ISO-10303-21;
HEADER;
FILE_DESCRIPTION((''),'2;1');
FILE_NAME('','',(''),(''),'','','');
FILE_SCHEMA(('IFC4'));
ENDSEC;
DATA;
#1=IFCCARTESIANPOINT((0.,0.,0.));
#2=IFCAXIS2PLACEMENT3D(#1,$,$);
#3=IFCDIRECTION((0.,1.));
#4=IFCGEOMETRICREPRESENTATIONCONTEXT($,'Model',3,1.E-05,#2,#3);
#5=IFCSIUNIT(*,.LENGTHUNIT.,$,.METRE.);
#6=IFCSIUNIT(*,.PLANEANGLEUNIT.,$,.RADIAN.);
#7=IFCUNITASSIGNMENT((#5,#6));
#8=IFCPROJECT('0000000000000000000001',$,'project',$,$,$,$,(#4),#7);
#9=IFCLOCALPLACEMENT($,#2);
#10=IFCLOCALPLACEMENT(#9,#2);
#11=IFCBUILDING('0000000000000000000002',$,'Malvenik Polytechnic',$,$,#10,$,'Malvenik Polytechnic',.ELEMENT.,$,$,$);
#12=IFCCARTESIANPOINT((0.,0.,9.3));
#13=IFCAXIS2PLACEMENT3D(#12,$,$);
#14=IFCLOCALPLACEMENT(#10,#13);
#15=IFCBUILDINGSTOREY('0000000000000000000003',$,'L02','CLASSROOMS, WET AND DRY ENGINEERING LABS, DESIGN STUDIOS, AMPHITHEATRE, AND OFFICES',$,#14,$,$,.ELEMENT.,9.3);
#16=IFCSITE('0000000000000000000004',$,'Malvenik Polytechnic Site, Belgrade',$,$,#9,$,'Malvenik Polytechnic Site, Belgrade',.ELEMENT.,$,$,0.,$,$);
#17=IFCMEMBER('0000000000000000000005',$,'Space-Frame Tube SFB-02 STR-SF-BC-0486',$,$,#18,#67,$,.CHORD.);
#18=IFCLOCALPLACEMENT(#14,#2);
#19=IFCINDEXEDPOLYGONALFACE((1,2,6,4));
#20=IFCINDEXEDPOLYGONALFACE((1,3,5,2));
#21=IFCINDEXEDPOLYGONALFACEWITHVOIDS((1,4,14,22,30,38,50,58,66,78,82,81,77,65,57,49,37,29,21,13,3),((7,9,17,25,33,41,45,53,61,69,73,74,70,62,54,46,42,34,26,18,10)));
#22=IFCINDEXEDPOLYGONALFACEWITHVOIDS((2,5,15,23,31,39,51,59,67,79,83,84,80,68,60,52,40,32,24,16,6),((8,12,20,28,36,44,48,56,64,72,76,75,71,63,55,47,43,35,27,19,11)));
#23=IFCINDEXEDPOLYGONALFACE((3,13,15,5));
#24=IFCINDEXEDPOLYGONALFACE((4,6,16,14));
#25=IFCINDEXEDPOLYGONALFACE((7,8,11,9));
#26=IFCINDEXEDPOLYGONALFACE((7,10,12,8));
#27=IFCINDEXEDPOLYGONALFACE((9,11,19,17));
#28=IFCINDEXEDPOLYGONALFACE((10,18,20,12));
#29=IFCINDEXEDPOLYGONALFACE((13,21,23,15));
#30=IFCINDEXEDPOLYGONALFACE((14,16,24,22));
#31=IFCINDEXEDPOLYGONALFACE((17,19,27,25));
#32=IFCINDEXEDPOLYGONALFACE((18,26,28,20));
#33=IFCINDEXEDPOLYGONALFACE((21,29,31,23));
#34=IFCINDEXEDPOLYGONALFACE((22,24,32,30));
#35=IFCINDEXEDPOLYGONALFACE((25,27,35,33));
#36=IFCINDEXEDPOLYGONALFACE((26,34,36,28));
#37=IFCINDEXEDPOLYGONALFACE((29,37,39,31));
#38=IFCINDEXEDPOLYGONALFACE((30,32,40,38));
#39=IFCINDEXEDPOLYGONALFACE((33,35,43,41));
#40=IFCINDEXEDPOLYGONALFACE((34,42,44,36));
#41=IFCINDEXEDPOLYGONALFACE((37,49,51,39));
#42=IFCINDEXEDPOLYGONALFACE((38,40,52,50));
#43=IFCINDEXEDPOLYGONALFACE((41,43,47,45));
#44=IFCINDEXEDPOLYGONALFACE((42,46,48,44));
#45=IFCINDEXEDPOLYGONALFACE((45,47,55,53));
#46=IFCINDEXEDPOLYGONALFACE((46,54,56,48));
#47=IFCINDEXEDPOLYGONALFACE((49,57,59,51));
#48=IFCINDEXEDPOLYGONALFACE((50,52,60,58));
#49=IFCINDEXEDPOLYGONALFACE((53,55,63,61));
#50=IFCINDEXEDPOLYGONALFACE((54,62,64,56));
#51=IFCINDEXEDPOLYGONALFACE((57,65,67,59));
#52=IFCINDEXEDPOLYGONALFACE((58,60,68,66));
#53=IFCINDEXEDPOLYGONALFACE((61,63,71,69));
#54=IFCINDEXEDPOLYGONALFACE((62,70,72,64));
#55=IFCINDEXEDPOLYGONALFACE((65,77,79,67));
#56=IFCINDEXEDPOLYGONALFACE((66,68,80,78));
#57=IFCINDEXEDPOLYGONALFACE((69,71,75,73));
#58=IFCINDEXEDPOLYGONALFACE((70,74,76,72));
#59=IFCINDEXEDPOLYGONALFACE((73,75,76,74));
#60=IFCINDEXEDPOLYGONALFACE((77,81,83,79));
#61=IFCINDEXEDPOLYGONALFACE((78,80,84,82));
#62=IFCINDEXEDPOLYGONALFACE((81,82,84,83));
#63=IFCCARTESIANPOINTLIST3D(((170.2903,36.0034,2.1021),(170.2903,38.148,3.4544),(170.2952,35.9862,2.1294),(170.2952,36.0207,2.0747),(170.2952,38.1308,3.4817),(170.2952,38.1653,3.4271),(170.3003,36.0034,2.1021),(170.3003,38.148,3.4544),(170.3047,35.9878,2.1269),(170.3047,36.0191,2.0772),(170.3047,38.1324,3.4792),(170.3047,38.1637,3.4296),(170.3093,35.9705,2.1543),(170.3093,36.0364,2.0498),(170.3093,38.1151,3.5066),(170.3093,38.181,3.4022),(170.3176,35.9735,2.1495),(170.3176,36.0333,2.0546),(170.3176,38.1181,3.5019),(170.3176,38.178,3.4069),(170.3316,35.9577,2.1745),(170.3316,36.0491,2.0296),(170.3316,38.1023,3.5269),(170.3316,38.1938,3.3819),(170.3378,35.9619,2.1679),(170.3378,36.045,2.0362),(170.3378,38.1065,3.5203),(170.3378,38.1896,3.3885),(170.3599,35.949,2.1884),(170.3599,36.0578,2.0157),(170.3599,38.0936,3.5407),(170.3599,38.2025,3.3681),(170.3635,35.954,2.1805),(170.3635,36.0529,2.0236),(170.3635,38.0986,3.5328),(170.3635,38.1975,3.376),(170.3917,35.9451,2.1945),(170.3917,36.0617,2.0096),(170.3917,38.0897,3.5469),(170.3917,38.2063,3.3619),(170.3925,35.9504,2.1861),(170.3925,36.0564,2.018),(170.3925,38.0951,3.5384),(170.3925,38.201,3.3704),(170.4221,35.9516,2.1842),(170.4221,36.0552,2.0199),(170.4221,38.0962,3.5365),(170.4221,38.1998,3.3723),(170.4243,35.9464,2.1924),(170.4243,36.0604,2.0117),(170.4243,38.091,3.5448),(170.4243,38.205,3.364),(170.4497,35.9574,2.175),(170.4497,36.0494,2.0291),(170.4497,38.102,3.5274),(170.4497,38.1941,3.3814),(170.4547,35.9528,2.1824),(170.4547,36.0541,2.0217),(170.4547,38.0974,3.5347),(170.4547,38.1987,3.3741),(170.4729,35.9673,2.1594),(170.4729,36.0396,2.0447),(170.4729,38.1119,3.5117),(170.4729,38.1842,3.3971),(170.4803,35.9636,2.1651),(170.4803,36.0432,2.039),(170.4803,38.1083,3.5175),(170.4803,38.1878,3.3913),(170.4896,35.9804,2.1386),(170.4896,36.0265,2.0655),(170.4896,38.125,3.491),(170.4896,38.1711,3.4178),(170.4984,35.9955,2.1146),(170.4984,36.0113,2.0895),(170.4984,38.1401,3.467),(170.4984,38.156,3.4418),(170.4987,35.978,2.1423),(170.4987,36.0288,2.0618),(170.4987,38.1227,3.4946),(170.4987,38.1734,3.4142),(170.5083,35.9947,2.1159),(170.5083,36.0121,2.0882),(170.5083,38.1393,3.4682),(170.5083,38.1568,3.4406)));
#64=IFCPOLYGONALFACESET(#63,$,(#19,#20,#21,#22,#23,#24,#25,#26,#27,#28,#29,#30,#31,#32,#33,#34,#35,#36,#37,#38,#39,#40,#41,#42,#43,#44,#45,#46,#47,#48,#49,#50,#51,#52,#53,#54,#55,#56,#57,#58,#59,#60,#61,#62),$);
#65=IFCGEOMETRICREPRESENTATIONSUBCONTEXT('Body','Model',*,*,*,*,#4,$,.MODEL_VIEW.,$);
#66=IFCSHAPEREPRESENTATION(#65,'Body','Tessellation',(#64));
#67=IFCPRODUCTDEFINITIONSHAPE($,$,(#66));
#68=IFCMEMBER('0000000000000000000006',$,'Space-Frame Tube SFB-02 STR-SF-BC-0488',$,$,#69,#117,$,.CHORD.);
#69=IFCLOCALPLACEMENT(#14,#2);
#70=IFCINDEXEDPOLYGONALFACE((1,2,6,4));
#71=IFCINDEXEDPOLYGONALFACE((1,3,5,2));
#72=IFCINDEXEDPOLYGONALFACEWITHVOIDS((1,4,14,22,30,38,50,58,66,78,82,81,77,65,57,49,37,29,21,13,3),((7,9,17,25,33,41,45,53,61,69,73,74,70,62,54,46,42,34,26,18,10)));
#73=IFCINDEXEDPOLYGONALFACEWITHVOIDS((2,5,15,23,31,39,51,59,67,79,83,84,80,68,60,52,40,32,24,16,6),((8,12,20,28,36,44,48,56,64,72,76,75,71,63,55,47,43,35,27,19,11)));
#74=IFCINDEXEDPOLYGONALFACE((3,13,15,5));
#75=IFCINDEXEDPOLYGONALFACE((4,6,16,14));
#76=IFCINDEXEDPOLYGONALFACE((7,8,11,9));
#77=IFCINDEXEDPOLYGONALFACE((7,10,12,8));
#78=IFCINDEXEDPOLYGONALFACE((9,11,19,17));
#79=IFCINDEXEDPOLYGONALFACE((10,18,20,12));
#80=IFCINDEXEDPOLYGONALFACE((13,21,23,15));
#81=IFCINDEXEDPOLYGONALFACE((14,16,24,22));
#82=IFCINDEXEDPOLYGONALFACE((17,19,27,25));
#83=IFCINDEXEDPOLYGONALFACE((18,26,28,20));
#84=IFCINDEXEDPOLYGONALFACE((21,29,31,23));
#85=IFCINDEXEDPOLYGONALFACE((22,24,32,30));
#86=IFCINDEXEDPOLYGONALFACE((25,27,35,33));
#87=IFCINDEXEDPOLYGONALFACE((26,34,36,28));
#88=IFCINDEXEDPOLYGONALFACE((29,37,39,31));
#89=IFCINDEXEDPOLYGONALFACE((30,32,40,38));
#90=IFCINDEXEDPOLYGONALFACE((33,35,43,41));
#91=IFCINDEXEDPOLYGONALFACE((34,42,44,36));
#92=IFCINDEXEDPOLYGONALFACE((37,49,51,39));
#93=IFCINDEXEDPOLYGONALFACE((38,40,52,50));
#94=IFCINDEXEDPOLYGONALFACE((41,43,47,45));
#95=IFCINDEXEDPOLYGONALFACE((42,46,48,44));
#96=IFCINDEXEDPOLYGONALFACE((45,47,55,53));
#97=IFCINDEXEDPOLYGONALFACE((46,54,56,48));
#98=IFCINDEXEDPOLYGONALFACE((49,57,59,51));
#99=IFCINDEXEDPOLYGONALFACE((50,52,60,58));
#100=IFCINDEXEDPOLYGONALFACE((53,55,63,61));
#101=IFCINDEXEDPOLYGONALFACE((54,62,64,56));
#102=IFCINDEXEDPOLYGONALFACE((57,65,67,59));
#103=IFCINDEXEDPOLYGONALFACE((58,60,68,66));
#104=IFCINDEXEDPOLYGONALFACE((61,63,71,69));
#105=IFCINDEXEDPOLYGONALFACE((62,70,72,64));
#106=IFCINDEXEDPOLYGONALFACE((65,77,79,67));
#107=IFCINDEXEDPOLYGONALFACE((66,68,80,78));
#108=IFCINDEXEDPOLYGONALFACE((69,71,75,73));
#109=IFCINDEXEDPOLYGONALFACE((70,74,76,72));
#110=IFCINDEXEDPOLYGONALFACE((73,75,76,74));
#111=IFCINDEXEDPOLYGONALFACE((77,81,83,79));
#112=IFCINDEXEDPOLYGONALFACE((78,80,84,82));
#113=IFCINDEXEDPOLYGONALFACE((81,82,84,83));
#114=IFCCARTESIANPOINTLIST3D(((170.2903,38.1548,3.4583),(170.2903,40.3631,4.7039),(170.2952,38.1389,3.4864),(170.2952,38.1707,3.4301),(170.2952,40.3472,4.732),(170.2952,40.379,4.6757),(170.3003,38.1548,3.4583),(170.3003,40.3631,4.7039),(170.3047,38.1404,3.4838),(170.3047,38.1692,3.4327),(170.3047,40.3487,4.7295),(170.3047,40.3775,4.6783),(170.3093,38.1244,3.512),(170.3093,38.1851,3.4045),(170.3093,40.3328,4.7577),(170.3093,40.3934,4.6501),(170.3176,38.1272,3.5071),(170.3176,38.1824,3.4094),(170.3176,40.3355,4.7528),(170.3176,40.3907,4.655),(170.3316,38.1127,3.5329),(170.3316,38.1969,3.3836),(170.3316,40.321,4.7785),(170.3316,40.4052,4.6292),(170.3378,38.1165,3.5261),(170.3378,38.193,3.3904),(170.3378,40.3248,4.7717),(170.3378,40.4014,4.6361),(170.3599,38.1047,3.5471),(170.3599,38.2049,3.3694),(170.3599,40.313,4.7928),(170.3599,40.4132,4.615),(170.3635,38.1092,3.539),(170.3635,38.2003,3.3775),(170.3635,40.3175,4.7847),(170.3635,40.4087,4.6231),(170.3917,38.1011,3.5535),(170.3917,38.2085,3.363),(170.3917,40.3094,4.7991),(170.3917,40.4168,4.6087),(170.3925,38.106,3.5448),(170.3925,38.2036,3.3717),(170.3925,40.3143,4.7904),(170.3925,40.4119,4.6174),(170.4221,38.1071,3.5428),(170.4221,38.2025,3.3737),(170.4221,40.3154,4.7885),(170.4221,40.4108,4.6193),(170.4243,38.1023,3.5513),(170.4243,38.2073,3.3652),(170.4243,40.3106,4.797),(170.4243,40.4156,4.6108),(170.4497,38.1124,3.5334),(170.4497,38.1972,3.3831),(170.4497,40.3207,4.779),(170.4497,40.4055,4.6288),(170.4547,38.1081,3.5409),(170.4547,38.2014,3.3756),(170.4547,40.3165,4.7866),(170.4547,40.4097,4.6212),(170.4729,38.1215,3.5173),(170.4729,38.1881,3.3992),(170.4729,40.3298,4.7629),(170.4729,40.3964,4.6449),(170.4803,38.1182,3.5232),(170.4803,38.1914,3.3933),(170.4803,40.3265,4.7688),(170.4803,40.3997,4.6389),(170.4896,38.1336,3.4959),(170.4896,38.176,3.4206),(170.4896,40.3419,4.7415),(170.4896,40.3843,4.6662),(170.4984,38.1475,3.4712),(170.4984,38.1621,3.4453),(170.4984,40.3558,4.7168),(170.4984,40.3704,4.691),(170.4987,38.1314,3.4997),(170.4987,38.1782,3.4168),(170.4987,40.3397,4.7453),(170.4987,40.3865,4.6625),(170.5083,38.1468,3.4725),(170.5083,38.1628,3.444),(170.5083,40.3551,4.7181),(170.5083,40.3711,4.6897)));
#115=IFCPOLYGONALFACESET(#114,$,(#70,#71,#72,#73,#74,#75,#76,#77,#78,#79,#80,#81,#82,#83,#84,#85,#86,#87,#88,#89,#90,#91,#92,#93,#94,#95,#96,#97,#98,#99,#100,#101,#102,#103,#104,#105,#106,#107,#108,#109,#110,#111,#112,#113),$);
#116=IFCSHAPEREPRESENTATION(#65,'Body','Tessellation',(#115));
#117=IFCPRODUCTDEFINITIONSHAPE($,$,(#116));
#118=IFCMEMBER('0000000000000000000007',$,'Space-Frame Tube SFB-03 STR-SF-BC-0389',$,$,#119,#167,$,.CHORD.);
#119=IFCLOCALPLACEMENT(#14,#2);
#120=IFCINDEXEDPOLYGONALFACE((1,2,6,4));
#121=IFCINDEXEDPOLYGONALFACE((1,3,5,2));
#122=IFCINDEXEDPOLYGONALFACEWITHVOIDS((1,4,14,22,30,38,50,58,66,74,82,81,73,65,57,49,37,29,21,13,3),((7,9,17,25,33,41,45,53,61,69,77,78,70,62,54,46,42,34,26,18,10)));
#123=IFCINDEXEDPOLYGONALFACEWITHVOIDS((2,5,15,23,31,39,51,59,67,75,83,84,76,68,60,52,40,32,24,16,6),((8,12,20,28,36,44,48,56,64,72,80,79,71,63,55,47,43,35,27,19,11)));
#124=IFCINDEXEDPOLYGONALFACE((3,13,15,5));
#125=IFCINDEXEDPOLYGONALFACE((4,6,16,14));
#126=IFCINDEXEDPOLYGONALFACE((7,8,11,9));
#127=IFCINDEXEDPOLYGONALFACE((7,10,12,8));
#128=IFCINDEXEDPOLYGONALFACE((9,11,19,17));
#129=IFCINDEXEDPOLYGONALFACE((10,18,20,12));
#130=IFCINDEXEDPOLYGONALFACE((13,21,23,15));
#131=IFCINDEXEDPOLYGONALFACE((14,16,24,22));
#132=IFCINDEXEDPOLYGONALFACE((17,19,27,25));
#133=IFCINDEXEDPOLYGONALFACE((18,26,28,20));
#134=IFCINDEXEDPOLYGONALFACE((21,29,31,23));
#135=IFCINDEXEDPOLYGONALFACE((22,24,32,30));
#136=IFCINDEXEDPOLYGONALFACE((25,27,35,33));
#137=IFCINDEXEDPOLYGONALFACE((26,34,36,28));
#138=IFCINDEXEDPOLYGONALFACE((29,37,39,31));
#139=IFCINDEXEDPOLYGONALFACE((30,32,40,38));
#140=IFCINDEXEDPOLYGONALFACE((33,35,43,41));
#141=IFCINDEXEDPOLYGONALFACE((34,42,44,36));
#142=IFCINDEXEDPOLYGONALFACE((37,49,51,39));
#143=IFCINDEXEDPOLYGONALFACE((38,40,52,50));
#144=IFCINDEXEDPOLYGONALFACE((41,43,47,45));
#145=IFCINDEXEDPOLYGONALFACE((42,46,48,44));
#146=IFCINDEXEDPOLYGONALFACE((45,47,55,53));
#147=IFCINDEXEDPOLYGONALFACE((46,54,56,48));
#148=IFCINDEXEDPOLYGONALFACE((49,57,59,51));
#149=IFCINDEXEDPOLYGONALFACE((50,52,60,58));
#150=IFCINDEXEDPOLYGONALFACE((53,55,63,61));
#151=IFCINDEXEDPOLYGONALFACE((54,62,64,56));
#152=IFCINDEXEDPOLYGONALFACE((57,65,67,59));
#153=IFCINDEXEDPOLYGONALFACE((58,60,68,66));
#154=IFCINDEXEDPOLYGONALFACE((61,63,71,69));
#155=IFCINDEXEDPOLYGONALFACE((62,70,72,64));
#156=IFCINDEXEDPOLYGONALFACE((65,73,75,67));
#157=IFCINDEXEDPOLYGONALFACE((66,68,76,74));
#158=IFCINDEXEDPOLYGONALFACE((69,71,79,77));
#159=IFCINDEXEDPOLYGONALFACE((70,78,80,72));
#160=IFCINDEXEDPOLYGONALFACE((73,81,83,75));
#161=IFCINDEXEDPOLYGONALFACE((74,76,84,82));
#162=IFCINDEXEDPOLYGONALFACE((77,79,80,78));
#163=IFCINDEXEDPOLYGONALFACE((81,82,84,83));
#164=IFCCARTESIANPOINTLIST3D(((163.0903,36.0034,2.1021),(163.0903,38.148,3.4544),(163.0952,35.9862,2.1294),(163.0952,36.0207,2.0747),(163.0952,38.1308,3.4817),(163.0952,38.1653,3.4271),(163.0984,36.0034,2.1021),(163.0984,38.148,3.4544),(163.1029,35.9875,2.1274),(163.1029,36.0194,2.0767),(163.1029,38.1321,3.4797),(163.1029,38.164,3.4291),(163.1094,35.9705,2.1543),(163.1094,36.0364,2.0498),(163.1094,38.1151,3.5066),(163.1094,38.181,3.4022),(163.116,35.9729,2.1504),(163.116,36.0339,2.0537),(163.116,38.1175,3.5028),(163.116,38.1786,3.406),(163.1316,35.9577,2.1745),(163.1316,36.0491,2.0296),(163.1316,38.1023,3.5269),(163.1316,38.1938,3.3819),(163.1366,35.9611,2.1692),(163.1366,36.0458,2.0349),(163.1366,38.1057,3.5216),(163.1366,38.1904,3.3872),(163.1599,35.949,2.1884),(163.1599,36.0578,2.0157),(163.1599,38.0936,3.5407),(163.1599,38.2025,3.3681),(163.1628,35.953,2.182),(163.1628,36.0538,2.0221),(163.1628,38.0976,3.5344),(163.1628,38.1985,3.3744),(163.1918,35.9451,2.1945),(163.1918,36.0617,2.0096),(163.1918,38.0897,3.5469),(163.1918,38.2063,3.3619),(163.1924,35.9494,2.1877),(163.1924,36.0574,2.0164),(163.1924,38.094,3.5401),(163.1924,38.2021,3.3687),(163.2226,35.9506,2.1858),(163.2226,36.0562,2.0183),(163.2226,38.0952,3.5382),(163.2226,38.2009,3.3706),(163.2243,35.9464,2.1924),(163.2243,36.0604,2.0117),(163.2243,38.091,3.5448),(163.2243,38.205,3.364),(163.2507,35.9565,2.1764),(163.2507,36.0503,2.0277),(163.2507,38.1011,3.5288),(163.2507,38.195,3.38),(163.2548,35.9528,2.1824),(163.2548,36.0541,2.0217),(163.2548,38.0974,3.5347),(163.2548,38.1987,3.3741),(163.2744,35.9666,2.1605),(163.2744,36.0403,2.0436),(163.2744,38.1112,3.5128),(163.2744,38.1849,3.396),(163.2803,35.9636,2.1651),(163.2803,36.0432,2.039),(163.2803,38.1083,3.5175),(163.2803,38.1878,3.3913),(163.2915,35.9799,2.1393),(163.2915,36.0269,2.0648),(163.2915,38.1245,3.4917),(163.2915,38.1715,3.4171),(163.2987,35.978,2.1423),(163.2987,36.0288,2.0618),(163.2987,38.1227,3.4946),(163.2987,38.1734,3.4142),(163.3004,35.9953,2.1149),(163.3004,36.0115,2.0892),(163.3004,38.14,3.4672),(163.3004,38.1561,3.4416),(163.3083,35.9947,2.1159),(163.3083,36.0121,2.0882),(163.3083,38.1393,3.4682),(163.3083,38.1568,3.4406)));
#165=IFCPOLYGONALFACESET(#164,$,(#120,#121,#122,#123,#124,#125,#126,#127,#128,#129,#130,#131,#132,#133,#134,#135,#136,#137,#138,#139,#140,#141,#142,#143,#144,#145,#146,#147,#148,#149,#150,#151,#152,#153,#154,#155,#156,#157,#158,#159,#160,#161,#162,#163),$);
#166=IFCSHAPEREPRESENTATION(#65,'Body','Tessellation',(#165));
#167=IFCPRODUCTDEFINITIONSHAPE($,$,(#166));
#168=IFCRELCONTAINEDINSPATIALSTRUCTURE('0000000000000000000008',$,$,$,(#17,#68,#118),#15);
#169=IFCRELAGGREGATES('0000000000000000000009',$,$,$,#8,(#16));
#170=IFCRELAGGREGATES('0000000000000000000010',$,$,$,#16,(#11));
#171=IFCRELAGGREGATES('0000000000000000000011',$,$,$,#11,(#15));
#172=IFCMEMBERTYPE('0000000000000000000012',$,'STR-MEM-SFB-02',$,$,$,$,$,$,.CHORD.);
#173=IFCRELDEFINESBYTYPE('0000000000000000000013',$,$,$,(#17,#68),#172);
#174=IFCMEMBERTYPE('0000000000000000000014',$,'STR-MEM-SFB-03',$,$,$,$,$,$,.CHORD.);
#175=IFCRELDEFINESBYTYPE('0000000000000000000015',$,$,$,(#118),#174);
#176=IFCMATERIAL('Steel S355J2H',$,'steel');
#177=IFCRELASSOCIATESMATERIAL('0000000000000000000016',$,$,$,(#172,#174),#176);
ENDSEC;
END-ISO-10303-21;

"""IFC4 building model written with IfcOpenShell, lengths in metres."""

from ifc_helpers import new_model, si_unit, direction, frame, origin, origin_2d, place, context, subcontext, project, spatial, hollow_circle, extrude, material, material_profile, profile_set, type_object, element, save


model = new_model("IFC4")

# Units and contexts
model_context = context("Model", 3, precision=1e-05, world=origin(), true_north=direction((0.0, 1.0)))
body_context = subcontext(model_context, "Body", "Model", "MODEL_VIEW")
ifc_project = project(units=[si_unit("LENGTHUNIT", "METRE"), si_unit("PLANEANGLEUNIT", "RADIAN")], contexts=[model_context])

# Site, building, storey
site_placement = place(None, origin())
site = spatial("IfcSite", under=ifc_project, at=site_placement, Name="Malvenik Polytechnic Site, Belgrade", LongName="Malvenik Polytechnic Site, Belgrade", CompositionType="ELEMENT", RefElevation=0.0)
building_placement = place(site_placement, origin())
building = spatial("IfcBuilding", under=site, at=building_placement, Name="Malvenik Polytechnic", LongName="Malvenik Polytechnic", CompositionType="ELEMENT")
storey_placement = place(building_placement, frame((0.0, 0.0, 9.3)))
storey = spatial("IfcBuildingStorey", under=building, at=storey_placement, Name="L02", Description="CLASSROOMS, WET AND DRY ENGINEERING LABS, DESIGN STUDIOS, AMPHITHEATRE, AND OFFICES", CompositionType="ELEMENT", Elevation=9.3)

# Members
ifc_material_1 = material(Name="Steel S355J2H", Category="steel")
ifc_material_profile_1 = material_profile(ifc_material_1, hollow_circle(Radius=0.1096, WallThickness=0.01, at=origin_2d()), Name="CHS 219.1x10.0")
ifc_profile_set_1 = profile_set([ifc_material_profile_1], Name="Steel S355J2H")
member_type_1 = type_object("IfcMemberType", Name="STR-MEM-SFB-02", PredefinedType="CHORD", material=ifc_profile_set_1)
for number, where, z_axis, x_axis, name in (
    (1, (170.3999, 36.0034, 2.1021), (0.0, 0.845871, 0.533388), (-1.0, 0.0, 0.0), "Space-Frame Tube SFB-02 STR-SF-BC-0486"),
    (2, (170.3999, 38.1548, 3.4583), (0.0, 0.870991, 0.491299), (-1.0, 0.0, 0.0), "Space-Frame Tube SFB-02 STR-SF-BC-0488"),
):
    element("IfcMember", number, at=place(storey_placement, frame(where, z_axis=z_axis, x_axis=x_axis)), inside=storey, type_object=member_type_1, Name=name, PredefinedType="CHORD", context=body_context, shape_type="SweptSolid", body=[
        extrude(hollow_circle(Radius=0.1096, WallThickness=0.01, at=origin_2d()), origin(), (0.0, 0.0, 1.0), 2.5354),
    ])
ifc_material_profile_2 = material_profile(ifc_material_1, hollow_circle(Radius=0.1096, WallThickness=0.0081, at=origin_2d()), Name="CHS 219.1x8.0")
ifc_profile_set_2 = profile_set([ifc_material_profile_2], Name="Steel S355J2H")
member_type_2 = type_object("IfcMemberType", Name="STR-MEM-SFB-03", PredefinedType="CHORD", material=ifc_profile_set_2)
for number, where, z_axis, x_axis, name in (
    (3, (163.2, 36.0034, 2.1021), (0.0, 0.845871, 0.533388), (-1.0, 0.0, 0.0), "Space-Frame Tube SFB-03 STR-SF-BC-0389"),
):
    element("IfcMember", number, at=place(storey_placement, frame(where, z_axis=z_axis, x_axis=x_axis)), inside=storey, type_object=member_type_2, Name=name, PredefinedType="CHORD", context=body_context, shape_type="SweptSolid", body=[
        extrude(hollow_circle(Radius=0.1096, WallThickness=0.0081, at=origin_2d()), origin(), (0.0, 0.0, 1.0), 2.5354),
    ])

save(model, "model.ifc")
